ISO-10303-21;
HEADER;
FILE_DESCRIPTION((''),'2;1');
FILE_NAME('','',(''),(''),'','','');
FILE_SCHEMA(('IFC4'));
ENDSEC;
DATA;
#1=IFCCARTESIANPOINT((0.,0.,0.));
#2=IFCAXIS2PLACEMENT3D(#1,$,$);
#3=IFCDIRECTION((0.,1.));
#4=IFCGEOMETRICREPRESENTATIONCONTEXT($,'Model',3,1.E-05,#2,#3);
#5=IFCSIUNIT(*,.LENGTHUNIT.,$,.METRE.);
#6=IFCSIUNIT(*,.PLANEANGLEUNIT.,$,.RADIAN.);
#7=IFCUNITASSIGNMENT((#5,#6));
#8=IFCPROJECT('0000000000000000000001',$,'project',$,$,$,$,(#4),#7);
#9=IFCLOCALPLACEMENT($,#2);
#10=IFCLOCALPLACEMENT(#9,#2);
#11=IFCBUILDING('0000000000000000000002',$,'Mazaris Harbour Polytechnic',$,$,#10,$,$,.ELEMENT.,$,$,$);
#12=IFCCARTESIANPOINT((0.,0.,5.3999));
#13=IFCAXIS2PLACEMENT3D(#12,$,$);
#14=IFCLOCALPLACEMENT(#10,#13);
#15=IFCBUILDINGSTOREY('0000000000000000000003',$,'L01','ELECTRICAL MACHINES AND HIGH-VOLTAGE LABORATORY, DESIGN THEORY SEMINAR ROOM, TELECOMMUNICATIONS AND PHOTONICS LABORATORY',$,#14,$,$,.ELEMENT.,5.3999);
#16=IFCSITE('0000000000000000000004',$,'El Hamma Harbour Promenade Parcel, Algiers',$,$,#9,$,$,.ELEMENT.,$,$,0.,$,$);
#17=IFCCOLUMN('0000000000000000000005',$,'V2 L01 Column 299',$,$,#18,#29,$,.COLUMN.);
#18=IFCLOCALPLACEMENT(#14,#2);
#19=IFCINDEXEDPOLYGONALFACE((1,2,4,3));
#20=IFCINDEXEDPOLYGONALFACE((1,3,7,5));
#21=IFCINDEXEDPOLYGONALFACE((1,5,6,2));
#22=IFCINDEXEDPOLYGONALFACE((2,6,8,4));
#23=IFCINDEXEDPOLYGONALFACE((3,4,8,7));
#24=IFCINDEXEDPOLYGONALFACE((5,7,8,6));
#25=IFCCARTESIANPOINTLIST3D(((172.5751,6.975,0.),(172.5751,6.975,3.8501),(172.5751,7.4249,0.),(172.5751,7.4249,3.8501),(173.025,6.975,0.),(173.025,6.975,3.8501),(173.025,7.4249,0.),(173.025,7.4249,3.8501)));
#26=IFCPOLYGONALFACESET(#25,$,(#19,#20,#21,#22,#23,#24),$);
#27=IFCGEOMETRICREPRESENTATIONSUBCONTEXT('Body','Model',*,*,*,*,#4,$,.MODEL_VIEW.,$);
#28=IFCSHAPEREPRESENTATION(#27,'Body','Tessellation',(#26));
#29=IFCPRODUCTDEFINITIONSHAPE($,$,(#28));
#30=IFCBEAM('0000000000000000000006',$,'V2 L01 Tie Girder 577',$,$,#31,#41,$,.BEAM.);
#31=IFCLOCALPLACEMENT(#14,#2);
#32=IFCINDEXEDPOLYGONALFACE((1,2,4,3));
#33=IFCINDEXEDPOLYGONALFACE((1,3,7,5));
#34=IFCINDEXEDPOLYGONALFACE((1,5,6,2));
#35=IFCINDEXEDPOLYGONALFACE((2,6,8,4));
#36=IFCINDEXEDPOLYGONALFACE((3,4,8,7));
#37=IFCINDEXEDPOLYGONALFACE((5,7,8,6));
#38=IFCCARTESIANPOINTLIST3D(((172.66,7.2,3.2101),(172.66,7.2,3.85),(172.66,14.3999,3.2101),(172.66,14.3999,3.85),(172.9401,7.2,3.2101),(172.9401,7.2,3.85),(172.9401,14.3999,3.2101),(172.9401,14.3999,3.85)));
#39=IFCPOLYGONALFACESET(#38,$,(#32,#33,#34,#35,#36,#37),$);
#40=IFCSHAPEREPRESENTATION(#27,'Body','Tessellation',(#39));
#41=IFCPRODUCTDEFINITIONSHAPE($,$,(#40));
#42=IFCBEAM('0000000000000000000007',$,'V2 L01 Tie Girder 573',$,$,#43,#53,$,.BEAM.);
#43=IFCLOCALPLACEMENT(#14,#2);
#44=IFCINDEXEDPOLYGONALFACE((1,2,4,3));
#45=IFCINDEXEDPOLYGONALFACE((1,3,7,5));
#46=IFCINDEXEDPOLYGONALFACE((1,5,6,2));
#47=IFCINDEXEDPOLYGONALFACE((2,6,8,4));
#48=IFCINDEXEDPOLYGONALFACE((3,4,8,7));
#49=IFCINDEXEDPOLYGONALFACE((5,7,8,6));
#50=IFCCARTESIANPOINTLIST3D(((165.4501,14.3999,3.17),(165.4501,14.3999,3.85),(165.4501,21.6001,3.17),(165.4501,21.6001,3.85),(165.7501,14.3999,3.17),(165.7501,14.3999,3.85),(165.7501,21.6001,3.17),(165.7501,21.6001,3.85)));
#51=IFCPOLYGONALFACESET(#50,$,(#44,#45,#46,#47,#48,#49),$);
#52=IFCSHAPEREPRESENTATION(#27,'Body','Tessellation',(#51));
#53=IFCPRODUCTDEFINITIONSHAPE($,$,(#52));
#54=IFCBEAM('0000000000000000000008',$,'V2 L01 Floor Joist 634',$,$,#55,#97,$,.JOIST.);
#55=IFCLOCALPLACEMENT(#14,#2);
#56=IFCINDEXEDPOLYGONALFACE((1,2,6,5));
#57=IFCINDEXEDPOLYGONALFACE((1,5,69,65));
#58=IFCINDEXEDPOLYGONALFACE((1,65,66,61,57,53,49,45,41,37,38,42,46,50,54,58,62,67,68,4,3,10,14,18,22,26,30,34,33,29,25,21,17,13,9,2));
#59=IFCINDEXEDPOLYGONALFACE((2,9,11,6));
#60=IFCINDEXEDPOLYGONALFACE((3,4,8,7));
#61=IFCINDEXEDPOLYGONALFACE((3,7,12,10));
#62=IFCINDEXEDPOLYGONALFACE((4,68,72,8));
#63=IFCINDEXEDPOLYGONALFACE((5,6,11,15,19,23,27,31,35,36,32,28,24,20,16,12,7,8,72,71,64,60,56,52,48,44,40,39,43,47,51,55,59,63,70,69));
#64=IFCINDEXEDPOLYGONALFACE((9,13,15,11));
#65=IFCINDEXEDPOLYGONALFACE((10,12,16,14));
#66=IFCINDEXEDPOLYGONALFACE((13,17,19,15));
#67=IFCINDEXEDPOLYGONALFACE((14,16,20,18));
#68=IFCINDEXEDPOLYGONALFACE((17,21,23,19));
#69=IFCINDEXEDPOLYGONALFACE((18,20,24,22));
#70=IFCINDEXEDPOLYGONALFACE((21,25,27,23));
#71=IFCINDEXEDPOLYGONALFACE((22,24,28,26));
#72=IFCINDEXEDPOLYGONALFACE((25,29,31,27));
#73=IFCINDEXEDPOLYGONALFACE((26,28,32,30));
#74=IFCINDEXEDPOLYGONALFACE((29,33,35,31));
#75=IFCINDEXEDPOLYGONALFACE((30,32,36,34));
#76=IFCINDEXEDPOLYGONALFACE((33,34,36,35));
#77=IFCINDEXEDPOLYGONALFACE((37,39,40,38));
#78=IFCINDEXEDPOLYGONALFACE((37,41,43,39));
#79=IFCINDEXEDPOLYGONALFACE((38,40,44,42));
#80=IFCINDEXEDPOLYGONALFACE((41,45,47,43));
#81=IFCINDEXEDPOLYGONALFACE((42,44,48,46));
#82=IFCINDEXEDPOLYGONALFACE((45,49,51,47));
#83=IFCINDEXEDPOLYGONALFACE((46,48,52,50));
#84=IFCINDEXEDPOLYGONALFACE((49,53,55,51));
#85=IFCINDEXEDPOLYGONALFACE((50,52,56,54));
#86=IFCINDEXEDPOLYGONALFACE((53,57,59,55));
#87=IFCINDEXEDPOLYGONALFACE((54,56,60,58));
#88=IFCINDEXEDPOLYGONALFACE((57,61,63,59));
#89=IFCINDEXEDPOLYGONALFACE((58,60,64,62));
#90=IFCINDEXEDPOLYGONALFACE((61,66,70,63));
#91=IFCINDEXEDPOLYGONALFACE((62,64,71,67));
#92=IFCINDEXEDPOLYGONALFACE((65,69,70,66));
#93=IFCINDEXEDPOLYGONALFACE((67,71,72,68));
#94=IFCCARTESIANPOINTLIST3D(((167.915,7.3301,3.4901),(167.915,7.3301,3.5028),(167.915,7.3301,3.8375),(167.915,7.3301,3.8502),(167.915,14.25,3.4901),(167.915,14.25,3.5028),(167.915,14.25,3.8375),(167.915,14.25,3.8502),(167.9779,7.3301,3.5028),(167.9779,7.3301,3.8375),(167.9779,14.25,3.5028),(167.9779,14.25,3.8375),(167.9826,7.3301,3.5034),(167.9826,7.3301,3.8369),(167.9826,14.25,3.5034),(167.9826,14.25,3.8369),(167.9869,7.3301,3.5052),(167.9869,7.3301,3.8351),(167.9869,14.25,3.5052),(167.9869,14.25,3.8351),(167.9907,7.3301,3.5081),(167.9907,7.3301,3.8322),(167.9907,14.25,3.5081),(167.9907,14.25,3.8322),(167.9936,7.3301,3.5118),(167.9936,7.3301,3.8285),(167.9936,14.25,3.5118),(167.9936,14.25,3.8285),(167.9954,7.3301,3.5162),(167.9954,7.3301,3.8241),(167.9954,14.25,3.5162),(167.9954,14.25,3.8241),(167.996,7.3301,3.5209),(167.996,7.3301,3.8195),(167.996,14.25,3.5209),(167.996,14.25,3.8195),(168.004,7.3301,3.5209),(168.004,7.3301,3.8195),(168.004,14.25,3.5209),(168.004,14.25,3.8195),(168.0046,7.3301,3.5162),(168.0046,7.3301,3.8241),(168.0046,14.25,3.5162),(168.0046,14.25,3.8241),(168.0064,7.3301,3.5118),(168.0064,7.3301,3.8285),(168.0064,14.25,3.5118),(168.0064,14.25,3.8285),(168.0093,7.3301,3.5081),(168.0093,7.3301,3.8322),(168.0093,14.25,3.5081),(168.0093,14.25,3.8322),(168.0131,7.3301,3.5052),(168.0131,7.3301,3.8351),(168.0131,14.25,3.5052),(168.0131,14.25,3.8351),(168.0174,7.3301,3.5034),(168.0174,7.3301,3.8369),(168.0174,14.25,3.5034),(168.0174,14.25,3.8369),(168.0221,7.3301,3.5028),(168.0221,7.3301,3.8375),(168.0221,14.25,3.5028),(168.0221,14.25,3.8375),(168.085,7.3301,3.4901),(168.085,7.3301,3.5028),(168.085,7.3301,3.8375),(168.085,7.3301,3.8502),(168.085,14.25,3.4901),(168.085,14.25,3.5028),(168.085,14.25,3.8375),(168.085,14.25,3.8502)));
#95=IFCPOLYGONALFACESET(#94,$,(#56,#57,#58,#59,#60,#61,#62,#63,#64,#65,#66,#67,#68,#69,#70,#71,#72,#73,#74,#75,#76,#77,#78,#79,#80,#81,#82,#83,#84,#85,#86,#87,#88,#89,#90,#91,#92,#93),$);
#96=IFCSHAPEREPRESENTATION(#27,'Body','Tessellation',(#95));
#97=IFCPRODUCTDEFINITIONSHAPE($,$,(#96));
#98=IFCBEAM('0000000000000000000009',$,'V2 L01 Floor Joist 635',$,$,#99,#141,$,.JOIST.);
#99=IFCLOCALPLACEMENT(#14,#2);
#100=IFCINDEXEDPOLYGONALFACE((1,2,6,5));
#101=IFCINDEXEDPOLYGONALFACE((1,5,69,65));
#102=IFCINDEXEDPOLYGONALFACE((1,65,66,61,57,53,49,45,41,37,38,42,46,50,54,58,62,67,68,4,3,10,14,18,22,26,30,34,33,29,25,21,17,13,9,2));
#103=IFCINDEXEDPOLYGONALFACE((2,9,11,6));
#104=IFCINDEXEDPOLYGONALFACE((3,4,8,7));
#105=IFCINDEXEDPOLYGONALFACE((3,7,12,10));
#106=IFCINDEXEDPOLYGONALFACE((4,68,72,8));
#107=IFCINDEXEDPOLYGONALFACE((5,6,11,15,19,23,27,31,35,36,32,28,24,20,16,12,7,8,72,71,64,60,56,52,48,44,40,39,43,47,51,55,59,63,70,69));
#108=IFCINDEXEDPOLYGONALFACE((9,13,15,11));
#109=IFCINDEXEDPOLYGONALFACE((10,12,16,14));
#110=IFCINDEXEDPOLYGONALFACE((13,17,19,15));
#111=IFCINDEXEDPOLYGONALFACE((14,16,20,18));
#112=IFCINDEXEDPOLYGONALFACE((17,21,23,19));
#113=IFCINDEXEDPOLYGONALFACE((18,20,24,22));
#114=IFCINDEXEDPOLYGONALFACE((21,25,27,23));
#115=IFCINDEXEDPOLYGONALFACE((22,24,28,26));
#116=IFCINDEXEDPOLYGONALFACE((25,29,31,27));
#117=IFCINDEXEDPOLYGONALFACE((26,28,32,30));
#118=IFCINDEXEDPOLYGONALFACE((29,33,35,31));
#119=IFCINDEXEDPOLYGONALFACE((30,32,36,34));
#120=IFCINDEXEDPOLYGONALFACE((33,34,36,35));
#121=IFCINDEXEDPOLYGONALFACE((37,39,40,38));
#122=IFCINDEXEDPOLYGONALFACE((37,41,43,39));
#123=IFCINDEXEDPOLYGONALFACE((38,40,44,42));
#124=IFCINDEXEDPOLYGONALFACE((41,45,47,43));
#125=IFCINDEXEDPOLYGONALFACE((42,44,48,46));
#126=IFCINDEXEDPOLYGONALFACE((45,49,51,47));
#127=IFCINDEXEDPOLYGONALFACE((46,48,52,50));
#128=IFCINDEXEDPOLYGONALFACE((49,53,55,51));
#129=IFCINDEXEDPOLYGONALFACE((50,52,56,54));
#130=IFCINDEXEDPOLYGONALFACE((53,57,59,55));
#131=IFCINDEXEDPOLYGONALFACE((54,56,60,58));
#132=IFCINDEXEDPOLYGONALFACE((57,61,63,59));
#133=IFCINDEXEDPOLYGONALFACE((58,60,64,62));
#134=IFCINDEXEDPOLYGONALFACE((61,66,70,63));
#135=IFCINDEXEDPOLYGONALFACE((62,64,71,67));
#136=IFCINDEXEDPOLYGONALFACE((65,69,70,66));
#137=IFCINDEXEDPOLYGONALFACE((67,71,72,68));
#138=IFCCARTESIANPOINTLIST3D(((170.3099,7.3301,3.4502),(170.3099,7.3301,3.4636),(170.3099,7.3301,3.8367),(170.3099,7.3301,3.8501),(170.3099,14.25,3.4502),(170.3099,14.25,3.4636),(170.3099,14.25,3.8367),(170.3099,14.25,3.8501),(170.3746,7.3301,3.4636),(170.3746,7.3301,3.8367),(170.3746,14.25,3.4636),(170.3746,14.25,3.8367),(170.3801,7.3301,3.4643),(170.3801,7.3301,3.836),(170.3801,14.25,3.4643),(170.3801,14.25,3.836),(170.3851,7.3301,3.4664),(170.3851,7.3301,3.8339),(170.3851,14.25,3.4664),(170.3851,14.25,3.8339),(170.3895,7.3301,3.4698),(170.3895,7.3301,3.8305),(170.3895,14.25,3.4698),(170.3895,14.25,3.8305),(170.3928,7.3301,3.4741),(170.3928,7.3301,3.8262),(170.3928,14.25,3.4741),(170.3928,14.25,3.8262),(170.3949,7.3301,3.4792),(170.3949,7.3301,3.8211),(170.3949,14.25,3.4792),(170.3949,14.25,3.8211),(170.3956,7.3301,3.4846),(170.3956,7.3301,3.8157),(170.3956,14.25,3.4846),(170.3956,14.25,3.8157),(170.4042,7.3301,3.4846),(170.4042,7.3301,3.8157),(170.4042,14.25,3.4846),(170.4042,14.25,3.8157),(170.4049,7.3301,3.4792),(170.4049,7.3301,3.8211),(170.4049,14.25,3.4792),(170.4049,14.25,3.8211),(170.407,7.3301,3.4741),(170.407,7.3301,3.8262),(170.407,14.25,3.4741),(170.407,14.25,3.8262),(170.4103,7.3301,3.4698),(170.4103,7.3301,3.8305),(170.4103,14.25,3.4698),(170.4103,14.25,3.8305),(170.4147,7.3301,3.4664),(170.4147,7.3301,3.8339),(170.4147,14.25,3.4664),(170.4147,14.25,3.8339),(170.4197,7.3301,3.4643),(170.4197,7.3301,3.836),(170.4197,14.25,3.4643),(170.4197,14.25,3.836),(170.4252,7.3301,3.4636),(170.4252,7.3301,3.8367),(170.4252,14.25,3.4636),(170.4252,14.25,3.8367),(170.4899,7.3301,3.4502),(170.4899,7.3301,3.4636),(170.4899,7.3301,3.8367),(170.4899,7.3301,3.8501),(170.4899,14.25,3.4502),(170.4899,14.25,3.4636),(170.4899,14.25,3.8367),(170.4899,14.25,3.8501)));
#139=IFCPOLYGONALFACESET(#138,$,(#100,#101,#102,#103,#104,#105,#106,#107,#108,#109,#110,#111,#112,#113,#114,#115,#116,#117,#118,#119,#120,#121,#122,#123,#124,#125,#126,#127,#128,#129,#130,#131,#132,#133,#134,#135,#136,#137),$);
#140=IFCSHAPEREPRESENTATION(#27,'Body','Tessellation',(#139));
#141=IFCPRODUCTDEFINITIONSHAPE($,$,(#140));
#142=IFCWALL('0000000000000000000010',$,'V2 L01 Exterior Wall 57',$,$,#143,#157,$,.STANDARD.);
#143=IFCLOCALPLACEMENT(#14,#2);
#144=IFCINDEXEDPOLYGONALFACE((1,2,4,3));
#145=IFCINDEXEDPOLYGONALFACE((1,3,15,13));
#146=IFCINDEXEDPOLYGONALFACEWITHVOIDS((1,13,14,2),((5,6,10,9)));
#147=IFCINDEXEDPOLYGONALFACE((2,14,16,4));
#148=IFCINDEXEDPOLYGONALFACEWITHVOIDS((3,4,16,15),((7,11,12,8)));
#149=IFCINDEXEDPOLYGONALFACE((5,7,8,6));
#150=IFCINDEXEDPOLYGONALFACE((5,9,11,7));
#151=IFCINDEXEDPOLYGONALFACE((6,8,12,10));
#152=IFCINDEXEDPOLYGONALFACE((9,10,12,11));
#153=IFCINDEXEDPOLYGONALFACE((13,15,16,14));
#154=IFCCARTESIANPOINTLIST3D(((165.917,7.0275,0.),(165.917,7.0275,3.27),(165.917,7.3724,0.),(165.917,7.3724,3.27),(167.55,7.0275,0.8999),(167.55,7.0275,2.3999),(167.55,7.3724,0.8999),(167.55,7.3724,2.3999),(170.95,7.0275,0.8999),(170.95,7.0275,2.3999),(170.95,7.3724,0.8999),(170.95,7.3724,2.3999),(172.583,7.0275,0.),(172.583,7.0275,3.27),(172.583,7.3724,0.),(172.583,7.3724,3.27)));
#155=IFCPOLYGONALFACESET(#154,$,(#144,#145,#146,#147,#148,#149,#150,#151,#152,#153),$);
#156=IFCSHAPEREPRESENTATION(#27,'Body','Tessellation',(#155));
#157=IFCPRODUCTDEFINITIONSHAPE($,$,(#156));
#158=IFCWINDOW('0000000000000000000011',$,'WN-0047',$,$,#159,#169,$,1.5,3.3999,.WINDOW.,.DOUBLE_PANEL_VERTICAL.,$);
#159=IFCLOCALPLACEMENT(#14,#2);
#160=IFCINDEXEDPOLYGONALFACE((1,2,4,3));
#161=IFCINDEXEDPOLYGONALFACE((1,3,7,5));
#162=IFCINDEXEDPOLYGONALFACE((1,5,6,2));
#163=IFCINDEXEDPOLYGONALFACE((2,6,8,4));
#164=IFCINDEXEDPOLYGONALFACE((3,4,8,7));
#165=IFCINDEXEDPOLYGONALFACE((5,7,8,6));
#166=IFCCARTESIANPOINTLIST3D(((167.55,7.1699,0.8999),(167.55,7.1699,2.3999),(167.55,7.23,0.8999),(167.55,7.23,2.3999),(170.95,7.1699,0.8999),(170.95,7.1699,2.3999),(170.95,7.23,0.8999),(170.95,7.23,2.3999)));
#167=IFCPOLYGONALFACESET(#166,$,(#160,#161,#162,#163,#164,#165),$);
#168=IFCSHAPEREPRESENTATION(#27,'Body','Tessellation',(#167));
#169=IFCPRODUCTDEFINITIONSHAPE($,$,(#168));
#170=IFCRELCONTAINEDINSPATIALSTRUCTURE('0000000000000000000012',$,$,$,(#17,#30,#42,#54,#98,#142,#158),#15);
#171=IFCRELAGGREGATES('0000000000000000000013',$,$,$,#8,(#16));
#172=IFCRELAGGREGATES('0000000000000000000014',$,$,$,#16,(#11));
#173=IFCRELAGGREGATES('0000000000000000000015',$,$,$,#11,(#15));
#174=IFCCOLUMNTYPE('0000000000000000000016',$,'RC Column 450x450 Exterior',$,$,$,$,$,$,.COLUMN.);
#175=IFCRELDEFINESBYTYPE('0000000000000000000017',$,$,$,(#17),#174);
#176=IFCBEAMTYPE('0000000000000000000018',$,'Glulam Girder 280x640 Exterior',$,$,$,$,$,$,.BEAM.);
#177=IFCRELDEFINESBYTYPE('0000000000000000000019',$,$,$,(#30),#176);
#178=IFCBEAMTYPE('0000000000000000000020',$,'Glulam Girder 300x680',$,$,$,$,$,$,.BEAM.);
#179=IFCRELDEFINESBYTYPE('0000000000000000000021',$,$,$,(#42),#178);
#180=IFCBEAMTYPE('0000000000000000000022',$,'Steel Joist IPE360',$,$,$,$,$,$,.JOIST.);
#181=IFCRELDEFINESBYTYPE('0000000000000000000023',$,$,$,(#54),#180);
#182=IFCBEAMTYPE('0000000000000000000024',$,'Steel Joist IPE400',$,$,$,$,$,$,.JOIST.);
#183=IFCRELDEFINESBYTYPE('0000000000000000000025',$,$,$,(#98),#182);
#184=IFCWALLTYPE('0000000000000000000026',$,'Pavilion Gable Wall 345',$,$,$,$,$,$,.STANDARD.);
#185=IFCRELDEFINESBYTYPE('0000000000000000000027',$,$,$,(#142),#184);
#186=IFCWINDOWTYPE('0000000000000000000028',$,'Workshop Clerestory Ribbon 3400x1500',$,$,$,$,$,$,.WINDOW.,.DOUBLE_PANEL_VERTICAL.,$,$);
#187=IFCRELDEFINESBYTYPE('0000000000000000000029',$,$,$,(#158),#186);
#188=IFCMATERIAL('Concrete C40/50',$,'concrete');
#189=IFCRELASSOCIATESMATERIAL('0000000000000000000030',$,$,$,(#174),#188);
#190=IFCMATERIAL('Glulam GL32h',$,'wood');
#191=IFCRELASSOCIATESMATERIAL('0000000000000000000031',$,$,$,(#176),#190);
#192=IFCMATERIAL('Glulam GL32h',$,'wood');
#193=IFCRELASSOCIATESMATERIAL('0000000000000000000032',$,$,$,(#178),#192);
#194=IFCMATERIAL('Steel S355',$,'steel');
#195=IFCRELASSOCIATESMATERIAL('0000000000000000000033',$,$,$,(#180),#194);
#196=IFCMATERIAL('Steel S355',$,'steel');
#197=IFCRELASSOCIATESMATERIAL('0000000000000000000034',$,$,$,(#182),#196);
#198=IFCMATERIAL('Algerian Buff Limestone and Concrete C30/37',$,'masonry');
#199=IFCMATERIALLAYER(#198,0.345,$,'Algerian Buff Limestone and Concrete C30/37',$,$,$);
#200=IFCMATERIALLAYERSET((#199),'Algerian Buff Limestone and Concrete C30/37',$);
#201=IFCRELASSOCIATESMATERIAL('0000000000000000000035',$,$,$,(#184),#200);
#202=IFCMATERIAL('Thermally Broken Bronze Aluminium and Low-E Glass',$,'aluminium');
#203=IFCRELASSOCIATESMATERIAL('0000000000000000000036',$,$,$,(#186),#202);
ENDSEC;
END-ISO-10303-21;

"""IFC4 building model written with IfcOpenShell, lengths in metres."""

from ifc_helpers import new_model, si_unit, direction, frame, frame_2d, origin, origin_2d, place, context, subcontext, project, spatial, rectangle, i_section, extrude, material, layer, layer_set, material_profile, profile_set, type_object, element, fill, save


model = new_model("IFC4")

# Units and contexts
model_context = context("Model", 3, precision=1e-05, world=origin(), true_north=direction((0.0, 1.0)))
body_context = subcontext(model_context, "Body", "Model", "MODEL_VIEW")
ifc_project = project(units=[si_unit("LENGTHUNIT", "METRE"), si_unit("PLANEANGLEUNIT", "RADIAN")], contexts=[model_context])

# Site, building, storey
site_placement = place(None, origin())
site = spatial("IfcSite", under=ifc_project, at=site_placement, Name="El Hamma Harbour Promenade Parcel, Algiers", CompositionType="ELEMENT", RefElevation=0.0)
building_placement = place(site_placement, origin())
building = spatial("IfcBuilding", under=site, at=building_placement, Name="Mazaris Harbour Polytechnic", CompositionType="ELEMENT")
storey_placement = place(building_placement, frame((0.0, 0.0, 5.3999)))
storey = spatial("IfcBuildingStorey", under=building, at=storey_placement, Name="L01", Description="ELECTRICAL MACHINES AND HIGH-VOLTAGE LABORATORY, DESIGN THEORY SEMINAR ROOM, TELECOMMUNICATIONS AND PHOTONICS LABORATORY", CompositionType="ELEMENT", Elevation=5.3999)

# Column
ifc_material_1 = material(Name="Concrete C40/50", Category="concrete")
ifc_material_profile_1 = material_profile(ifc_material_1, rectangle(XDim=0.45, YDim=0.45, at=origin_2d()), Name="RECT450x450")
ifc_profile_set_1 = profile_set([ifc_material_profile_1], Name="Concrete C40/50")
column_type = type_object("IfcColumnType", Name="RC Column 450x450 Exterior", PredefinedType="COLUMN", material=ifc_profile_set_1)
column_placement = place(storey_placement, frame((172.8, 7.2, 0.0), z_axis=(0.0, 0.0, 1.0), x_axis=(1.0, 0.0, 0.0)))
element("IfcColumn", 1, at=column_placement, inside=storey, type_object=column_type, Name="V2 L01 Column 299", PredefinedType="COLUMN", context=body_context, shape_type="SweptSolid", body=[
    extrude(rectangle(XDim=0.45, YDim=0.45, at=origin_2d()), origin(), (0.0, 0.0, 1.0), 3.8501),
])

# Beams
ifc_material_2 = material(Name="Glulam GL32h", Category="wood")
ifc_material_profile_2 = material_profile(ifc_material_2, rectangle(XDim=0.28, YDim=0.6399, at=origin_2d()), Name="RECT280x640")
ifc_profile_set_2 = profile_set([ifc_material_profile_2], Name="Glulam GL32h")
beam_type_1 = type_object("IfcBeamType", Name="Glulam Girder 280x640 Exterior", PredefinedType="BEAM", material=ifc_profile_set_2)
beam_1_placement = place(storey_placement, frame((172.8, 7.2, 3.53), z_axis=(0.0, 1.0, 0.0), x_axis=(-1.0, 0.0, 0.0)))
element("IfcBeam", 2, at=beam_1_placement, inside=storey, type_object=beam_type_1, Name="V2 L01 Tie Girder 577", PredefinedType="BEAM", context=body_context, shape_type="SweptSolid", body=[
    extrude(rectangle(XDim=0.28, YDim=0.6399, at=origin_2d()), origin(), (0.0, 0.0, 1.0), 7.2),
])
ifc_material_3 = material(Name="Glulam GL32h", Category="wood")
ifc_material_profile_3 = material_profile(ifc_material_3, rectangle(XDim=0.3, YDim=0.6799, at=origin_2d()), Name="RECT300x680")
ifc_profile_set_3 = profile_set([ifc_material_profile_3], Name="Glulam GL32h")
beam_type_2 = type_object("IfcBeamType", Name="Glulam Girder 300x680", PredefinedType="BEAM", material=ifc_profile_set_3)
beam_2_placement = place(storey_placement, frame((165.6001, 14.3999, 3.51), z_axis=(0.0, 1.0, 0.0), x_axis=(-1.0, 0.0, 0.0)))
element("IfcBeam", 3, at=beam_2_placement, inside=storey, type_object=beam_type_2, Name="V2 L01 Tie Girder 573", PredefinedType="BEAM", context=body_context, shape_type="SweptSolid", body=[
    extrude(rectangle(XDim=0.3, YDim=0.6799, at=origin_2d()), origin(), (0.0, 0.0, 1.0), 7.2002),
])
ifc_material_4 = material(Name="Steel S355", Category="steel")
ifc_material_profile_4 = material_profile(ifc_material_4, i_section(OverallWidth=0.1699, OverallDepth=0.3601, WebThickness=0.0081, FlangeThickness=0.0127, FilletRadius=0.0181, at=origin_2d()), Name="IPE 360")
ifc_profile_set_4 = profile_set([ifc_material_profile_4], Name="Steel S355")
beam_type_3 = type_object("IfcBeamType", Name="Steel Joist IPE360", PredefinedType="JOIST", material=ifc_profile_set_4)
beam_3_placement = place(storey_placement, frame((168.0, 7.3301, 3.6702), z_axis=(0.0, 1.0, 0.0), x_axis=(-1.0, 0.0, 0.0)))
element("IfcBeam", 4, at=beam_3_placement, inside=storey, type_object=beam_type_3, Name="V2 L01 Floor Joist 634", PredefinedType="JOIST", context=body_context, shape_type="SweptSolid", body=[
    extrude(i_section(OverallWidth=0.1699, OverallDepth=0.3601, WebThickness=0.0081, FlangeThickness=0.0127, FilletRadius=0.0181, at=origin_2d()), origin(), (0.0, 0.0, 1.0), 6.9199),
])
ifc_material_5 = material(Name="Steel S355", Category="steel")
ifc_material_profile_5 = material_profile(ifc_material_5, i_section(OverallWidth=0.1799, OverallDepth=0.3999, WebThickness=0.0085, FlangeThickness=0.0134, FilletRadius=0.021, at=origin_2d()), Name="IPE 400")
ifc_profile_set_5 = profile_set([ifc_material_profile_5], Name="Steel S355")
beam_type_4 = type_object("IfcBeamType", Name="Steel Joist IPE400", PredefinedType="JOIST", material=ifc_profile_set_5)
beam_4_placement = place(storey_placement, frame((170.3999, 7.3301, 3.6501), z_axis=(0.0, 1.0, 0.0), x_axis=(-1.0, 0.0, 0.0)))
element("IfcBeam", 5, at=beam_4_placement, inside=storey, type_object=beam_type_4, Name="V2 L01 Floor Joist 635", PredefinedType="JOIST", context=body_context, shape_type="SweptSolid", body=[
    extrude(i_section(OverallWidth=0.1799, OverallDepth=0.3999, WebThickness=0.0085, FlangeThickness=0.0134, FilletRadius=0.021, at=origin_2d()), origin(), (0.0, 0.0, 1.0), 6.9199),
])

# Wall, opening, window
ifc_material_6 = material(Name="Algerian Buff Limestone and Concrete C30/37", Category="masonry")
ifc_layer = layer(ifc_material_6, 0.345, Name="Algerian Buff Limestone and Concrete C30/37")
ifc_layer_set = layer_set([ifc_layer], Name="Algerian Buff Limestone and Concrete C30/37")
wall_type = type_object("IfcWallType", Name="Pavilion Gable Wall 345", PredefinedType="STANDARD", material=ifc_layer_set)
wall_1_placement = place(storey_placement, frame((172.583, 7.2, 0.0), z_axis=(0.0, 0.0, 1.0), x_axis=(-1.0, 0.0, 0.0)))
wall_1 = element("IfcWall", 6, at=wall_1_placement, inside=storey, type_object=wall_type, Name="V2 L01 Exterior Wall 57", PredefinedType="STANDARD", context=body_context, shape_type="SweptSolid", body=[
    extrude(rectangle(XDim=6.666, YDim=0.345, at=frame_2d((3.333, 0.0))), origin(), (0.0, 0.0, 1.0), 3.27),
])
opening_1_placement = place(wall_1_placement, frame((1.6331, 0.0, 0.8999)))
opening_1 = element("IfcOpeningElement", 7, at=opening_1_placement, cuts=wall_1, PredefinedType="OPENING", context=body_context, shape_type="SweptSolid", body=[
    extrude(rectangle(XDim=3.3999, YDim=1.5, at=frame_2d((1.7, 0.75))), frame((0.0, 0.1824, 0.0), z_axis=(0.0, -1.0, 0.0), x_axis=(1.0, 0.0, 0.0)), (0.0, 0.0, 1.0), 0.365),
])
ifc_material_7 = material(Name="Thermally Broken Bronze Aluminium and Low-E Glass", Category="aluminium")
window_type = type_object("IfcWindowType", Name="Workshop Clerestory Ribbon 3400x1500", PartitioningType="DOUBLE_PANEL_VERTICAL", PredefinedType="WINDOW", material=ifc_material_7)
window_1_placement = place(opening_1_placement, origin())
window_1 = element("IfcWindow", 8, at=window_1_placement, inside=storey, type_object=window_type, Name="WN-0047", OverallHeight=1.5, OverallWidth=3.3999, PartitioningType="DOUBLE_PANEL_VERTICAL", PredefinedType="WINDOW", context=body_context, shape_type="SweptSolid", body=[
    extrude(rectangle(XDim=3.3999, YDim=1.5, at=frame_2d((1.7, 0.75))), frame((0.0, 0.03, 0.0), z_axis=(0.0, -1.0, 0.0), x_axis=(1.0, 0.0, 0.0)), (0.0, 0.0, 1.0), 0.0601),
])
fill(opening_1, window_1)

save(model, "model.ifc")
